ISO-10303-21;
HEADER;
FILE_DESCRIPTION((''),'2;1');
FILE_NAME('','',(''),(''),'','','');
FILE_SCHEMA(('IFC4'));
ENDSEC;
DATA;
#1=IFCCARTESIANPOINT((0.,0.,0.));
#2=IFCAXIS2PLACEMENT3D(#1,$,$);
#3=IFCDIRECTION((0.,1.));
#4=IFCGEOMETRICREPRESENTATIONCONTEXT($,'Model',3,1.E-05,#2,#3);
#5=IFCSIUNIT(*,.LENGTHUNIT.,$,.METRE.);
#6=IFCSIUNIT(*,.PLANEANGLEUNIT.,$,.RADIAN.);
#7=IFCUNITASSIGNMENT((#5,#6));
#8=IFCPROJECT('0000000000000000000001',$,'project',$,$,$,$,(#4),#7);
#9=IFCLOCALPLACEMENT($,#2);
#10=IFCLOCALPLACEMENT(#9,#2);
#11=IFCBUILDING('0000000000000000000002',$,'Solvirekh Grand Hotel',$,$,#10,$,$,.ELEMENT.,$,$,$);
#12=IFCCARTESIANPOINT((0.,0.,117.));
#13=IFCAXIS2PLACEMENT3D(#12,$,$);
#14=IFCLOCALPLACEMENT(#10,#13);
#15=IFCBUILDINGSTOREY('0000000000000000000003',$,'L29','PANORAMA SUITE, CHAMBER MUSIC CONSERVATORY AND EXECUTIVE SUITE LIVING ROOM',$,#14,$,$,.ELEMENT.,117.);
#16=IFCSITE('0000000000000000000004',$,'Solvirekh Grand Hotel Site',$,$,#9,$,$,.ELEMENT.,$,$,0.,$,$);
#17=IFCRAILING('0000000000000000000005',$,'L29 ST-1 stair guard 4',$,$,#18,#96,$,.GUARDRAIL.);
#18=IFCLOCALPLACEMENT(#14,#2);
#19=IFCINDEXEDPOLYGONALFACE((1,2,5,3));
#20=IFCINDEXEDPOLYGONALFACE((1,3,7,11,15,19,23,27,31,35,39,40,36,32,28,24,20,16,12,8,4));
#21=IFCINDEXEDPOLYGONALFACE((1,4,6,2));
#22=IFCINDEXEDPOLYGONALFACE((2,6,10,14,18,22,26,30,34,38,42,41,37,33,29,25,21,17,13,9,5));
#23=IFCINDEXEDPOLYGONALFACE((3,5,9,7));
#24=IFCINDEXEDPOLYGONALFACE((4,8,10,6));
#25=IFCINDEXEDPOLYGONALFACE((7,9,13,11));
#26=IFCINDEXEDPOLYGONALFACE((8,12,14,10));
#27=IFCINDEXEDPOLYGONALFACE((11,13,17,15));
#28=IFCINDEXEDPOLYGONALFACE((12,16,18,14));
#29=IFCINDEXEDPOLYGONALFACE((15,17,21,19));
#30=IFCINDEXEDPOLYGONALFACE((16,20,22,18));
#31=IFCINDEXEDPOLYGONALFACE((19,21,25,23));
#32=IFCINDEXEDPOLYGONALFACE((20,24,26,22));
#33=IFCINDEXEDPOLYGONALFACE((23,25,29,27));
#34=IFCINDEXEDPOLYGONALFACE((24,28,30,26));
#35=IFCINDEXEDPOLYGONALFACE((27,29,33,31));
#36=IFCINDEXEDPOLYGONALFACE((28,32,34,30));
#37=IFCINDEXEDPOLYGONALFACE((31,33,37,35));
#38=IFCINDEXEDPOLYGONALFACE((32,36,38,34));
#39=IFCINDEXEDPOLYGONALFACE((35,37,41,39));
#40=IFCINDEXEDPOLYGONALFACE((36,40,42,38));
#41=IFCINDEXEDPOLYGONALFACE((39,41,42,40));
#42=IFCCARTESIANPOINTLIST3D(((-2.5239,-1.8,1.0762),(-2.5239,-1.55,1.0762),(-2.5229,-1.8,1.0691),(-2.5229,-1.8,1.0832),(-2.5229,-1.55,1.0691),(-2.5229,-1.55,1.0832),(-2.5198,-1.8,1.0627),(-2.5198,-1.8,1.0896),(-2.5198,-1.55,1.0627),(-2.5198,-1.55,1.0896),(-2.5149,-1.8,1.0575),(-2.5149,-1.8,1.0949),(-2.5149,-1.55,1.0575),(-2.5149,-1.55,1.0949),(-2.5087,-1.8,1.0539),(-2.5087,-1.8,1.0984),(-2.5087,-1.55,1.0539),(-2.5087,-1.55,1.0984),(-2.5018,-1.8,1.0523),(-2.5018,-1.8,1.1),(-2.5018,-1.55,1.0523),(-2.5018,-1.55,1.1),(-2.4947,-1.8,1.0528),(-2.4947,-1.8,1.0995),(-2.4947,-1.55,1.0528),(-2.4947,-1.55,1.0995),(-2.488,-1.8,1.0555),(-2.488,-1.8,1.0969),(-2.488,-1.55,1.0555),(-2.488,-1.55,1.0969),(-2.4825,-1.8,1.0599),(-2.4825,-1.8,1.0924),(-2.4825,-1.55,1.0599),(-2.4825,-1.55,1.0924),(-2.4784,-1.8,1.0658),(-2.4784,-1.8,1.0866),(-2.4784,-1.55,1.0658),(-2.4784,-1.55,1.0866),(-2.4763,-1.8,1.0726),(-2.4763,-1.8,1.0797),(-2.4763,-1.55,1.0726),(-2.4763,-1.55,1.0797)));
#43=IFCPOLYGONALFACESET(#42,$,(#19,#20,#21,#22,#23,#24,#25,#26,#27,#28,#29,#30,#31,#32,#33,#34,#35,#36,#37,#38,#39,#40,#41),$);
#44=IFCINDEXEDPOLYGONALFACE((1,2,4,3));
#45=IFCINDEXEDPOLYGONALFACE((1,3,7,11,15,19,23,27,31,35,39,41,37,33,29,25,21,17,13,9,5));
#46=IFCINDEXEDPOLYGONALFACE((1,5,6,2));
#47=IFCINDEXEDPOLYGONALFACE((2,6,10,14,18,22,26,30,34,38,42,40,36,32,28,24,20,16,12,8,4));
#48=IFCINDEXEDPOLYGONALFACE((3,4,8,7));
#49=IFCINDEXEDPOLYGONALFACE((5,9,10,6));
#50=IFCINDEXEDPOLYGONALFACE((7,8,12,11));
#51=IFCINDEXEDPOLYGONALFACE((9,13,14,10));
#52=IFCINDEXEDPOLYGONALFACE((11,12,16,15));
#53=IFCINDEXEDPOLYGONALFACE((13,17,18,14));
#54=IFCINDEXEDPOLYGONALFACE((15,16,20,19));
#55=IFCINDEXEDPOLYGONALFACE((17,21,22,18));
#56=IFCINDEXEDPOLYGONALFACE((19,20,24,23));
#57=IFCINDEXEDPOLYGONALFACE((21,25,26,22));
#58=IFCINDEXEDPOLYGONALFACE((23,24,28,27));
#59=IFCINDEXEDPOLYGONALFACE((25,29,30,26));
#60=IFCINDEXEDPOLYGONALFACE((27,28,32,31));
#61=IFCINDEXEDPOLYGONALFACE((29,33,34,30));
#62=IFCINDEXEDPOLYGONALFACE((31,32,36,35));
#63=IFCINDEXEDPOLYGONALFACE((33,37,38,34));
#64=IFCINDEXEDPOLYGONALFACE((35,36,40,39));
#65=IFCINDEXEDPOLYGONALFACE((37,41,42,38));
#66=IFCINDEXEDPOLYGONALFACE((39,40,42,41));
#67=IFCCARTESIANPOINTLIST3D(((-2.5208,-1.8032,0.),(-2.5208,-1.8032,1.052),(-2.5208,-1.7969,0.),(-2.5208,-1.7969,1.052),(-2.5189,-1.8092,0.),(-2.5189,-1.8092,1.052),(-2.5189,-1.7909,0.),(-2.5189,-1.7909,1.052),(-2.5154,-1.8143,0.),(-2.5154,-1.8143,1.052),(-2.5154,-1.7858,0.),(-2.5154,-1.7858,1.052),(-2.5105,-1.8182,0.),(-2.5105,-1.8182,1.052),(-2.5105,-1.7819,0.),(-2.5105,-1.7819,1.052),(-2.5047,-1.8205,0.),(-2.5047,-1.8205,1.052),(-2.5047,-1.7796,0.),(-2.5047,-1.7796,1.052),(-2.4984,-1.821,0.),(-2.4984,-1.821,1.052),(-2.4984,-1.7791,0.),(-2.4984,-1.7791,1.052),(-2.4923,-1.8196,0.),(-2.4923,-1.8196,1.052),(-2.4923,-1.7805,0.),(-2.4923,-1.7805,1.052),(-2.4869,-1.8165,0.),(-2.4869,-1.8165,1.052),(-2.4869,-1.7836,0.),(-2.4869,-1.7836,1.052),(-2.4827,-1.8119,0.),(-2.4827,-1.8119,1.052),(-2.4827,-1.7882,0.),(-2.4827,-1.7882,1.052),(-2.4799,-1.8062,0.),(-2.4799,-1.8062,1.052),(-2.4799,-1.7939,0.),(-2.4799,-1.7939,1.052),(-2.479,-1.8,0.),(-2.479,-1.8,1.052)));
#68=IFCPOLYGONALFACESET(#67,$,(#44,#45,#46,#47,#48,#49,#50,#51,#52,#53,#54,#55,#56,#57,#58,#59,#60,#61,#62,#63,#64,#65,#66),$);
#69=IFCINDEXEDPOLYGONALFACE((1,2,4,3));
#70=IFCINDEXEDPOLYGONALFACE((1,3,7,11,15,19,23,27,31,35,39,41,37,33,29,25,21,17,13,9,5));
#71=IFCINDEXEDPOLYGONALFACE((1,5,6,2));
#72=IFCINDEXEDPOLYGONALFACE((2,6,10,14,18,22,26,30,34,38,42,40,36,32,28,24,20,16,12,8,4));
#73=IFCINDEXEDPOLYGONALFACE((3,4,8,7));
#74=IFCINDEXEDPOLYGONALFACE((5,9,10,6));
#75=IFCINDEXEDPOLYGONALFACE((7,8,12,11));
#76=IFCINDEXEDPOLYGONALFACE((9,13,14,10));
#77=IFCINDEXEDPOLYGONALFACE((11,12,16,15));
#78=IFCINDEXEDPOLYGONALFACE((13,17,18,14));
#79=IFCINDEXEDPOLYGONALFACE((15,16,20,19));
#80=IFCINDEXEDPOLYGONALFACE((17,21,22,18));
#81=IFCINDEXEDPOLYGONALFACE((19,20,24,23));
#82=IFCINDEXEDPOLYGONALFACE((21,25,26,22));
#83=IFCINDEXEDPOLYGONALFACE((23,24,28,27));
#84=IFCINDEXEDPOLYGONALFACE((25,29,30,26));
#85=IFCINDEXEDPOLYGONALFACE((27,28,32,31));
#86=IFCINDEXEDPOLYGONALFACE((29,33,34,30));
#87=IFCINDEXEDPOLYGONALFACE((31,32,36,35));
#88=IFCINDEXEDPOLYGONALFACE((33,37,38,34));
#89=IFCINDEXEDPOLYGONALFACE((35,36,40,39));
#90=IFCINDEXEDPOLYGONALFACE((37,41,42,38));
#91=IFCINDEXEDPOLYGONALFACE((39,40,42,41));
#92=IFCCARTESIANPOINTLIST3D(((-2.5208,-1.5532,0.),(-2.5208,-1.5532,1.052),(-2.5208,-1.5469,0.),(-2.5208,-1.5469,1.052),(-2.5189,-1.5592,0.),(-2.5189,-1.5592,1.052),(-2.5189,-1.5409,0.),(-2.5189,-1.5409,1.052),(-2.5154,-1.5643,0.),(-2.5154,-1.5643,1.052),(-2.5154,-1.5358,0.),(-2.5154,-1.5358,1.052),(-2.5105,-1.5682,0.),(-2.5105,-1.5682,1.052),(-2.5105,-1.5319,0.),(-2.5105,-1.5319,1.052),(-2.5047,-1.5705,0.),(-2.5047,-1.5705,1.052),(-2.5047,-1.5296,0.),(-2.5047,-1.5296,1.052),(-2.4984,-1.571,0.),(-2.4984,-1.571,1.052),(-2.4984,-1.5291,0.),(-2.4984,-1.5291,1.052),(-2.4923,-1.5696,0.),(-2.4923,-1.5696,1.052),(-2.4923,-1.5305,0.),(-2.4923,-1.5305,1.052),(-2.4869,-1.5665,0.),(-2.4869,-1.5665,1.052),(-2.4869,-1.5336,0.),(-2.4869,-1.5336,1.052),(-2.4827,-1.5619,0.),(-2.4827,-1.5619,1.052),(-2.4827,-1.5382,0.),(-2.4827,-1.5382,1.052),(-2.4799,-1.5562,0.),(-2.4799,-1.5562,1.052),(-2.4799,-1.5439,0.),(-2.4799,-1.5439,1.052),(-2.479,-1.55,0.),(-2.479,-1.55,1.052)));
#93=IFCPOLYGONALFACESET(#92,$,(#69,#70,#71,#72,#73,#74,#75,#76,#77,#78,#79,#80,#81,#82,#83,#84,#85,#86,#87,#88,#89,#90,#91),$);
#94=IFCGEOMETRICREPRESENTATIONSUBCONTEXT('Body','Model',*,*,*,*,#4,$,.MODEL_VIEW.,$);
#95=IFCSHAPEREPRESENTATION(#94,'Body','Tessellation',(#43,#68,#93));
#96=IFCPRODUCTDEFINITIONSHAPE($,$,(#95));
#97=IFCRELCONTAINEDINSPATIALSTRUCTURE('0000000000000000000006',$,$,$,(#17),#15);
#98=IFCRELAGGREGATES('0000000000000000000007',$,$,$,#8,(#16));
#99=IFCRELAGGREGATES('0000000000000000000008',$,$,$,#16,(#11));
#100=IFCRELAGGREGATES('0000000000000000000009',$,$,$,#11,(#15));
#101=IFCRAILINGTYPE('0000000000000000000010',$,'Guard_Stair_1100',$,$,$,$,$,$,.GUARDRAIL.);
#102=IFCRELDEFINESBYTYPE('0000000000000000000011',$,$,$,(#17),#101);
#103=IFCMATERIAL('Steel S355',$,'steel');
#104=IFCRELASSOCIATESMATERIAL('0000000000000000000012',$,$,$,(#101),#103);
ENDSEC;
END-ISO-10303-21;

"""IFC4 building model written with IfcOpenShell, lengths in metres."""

from ifc_helpers import new_model, si_unit, direction, frame, origin, origin_2d, place, context, subcontext, project, spatial, circle, extrude, material, type_object, element, save


model = new_model("IFC4")

# Units and contexts
model_context = context("Model", 3, precision=1e-05, world=origin(), true_north=direction((0.0, 1.0)))
body_context = subcontext(model_context, "Body", "Model", "MODEL_VIEW")
ifc_project = project(units=[si_unit("LENGTHUNIT", "METRE"), si_unit("PLANEANGLEUNIT", "RADIAN")], contexts=[model_context])

# Site, building, storey
site_placement = place(None, origin())
site = spatial("IfcSite", under=ifc_project, at=site_placement, Name="Solvirekh Grand Hotel Site", CompositionType="ELEMENT", RefElevation=0.0)
building_placement = place(site_placement, origin())
building = spatial("IfcBuilding", under=site, at=building_placement, Name="Solvirekh Grand Hotel", CompositionType="ELEMENT")
storey_placement = place(building_placement, frame((0.0, 0.0, 117.0)))
storey = spatial("IfcBuildingStorey", under=building, at=storey_placement, Name="L29", Description="PANORAMA SUITE, CHAMBER MUSIC CONSERVATORY AND EXECUTIVE SUITE LIVING ROOM", CompositionType="ELEMENT", Elevation=117.0)

# Railing
ifc_material_1 = material(Name="Steel S355", Category="steel")
railing_type_1 = type_object("IfcRailingType", Name="Guard_Stair_1100", PredefinedType="GUARDRAIL", material=ifc_material_1)
railing_1_placement = place(storey_placement, frame((-2.5, -1.8, 0.0)))
element("IfcRailing", 1, at=railing_1_placement, inside=storey, type_object=railing_type_1, Name="L29 ST-1 stair guard 4", PredefinedType="GUARDRAIL", context=body_context, shape_type="SweptSolid", body=[
    extrude(circle(Radius=0.0239, at=origin_2d()), frame((0.0, 0.0, 1.0762), z_axis=(0.0, 1.0, 0.0), x_axis=(-1.0, 0.0, 0.0)), (0.0, 0.0, 1.0), 0.25),
    extrude(circle(Radius=0.021, at=origin_2d()), origin(), (0.0, 0.0, 1.0), 1.052),
    extrude(circle(Radius=0.021, at=origin_2d()), frame((0.0, 0.25, 0.0)), (0.0, 0.0, 1.0), 1.052),
])

save(model, "model.ifc")
